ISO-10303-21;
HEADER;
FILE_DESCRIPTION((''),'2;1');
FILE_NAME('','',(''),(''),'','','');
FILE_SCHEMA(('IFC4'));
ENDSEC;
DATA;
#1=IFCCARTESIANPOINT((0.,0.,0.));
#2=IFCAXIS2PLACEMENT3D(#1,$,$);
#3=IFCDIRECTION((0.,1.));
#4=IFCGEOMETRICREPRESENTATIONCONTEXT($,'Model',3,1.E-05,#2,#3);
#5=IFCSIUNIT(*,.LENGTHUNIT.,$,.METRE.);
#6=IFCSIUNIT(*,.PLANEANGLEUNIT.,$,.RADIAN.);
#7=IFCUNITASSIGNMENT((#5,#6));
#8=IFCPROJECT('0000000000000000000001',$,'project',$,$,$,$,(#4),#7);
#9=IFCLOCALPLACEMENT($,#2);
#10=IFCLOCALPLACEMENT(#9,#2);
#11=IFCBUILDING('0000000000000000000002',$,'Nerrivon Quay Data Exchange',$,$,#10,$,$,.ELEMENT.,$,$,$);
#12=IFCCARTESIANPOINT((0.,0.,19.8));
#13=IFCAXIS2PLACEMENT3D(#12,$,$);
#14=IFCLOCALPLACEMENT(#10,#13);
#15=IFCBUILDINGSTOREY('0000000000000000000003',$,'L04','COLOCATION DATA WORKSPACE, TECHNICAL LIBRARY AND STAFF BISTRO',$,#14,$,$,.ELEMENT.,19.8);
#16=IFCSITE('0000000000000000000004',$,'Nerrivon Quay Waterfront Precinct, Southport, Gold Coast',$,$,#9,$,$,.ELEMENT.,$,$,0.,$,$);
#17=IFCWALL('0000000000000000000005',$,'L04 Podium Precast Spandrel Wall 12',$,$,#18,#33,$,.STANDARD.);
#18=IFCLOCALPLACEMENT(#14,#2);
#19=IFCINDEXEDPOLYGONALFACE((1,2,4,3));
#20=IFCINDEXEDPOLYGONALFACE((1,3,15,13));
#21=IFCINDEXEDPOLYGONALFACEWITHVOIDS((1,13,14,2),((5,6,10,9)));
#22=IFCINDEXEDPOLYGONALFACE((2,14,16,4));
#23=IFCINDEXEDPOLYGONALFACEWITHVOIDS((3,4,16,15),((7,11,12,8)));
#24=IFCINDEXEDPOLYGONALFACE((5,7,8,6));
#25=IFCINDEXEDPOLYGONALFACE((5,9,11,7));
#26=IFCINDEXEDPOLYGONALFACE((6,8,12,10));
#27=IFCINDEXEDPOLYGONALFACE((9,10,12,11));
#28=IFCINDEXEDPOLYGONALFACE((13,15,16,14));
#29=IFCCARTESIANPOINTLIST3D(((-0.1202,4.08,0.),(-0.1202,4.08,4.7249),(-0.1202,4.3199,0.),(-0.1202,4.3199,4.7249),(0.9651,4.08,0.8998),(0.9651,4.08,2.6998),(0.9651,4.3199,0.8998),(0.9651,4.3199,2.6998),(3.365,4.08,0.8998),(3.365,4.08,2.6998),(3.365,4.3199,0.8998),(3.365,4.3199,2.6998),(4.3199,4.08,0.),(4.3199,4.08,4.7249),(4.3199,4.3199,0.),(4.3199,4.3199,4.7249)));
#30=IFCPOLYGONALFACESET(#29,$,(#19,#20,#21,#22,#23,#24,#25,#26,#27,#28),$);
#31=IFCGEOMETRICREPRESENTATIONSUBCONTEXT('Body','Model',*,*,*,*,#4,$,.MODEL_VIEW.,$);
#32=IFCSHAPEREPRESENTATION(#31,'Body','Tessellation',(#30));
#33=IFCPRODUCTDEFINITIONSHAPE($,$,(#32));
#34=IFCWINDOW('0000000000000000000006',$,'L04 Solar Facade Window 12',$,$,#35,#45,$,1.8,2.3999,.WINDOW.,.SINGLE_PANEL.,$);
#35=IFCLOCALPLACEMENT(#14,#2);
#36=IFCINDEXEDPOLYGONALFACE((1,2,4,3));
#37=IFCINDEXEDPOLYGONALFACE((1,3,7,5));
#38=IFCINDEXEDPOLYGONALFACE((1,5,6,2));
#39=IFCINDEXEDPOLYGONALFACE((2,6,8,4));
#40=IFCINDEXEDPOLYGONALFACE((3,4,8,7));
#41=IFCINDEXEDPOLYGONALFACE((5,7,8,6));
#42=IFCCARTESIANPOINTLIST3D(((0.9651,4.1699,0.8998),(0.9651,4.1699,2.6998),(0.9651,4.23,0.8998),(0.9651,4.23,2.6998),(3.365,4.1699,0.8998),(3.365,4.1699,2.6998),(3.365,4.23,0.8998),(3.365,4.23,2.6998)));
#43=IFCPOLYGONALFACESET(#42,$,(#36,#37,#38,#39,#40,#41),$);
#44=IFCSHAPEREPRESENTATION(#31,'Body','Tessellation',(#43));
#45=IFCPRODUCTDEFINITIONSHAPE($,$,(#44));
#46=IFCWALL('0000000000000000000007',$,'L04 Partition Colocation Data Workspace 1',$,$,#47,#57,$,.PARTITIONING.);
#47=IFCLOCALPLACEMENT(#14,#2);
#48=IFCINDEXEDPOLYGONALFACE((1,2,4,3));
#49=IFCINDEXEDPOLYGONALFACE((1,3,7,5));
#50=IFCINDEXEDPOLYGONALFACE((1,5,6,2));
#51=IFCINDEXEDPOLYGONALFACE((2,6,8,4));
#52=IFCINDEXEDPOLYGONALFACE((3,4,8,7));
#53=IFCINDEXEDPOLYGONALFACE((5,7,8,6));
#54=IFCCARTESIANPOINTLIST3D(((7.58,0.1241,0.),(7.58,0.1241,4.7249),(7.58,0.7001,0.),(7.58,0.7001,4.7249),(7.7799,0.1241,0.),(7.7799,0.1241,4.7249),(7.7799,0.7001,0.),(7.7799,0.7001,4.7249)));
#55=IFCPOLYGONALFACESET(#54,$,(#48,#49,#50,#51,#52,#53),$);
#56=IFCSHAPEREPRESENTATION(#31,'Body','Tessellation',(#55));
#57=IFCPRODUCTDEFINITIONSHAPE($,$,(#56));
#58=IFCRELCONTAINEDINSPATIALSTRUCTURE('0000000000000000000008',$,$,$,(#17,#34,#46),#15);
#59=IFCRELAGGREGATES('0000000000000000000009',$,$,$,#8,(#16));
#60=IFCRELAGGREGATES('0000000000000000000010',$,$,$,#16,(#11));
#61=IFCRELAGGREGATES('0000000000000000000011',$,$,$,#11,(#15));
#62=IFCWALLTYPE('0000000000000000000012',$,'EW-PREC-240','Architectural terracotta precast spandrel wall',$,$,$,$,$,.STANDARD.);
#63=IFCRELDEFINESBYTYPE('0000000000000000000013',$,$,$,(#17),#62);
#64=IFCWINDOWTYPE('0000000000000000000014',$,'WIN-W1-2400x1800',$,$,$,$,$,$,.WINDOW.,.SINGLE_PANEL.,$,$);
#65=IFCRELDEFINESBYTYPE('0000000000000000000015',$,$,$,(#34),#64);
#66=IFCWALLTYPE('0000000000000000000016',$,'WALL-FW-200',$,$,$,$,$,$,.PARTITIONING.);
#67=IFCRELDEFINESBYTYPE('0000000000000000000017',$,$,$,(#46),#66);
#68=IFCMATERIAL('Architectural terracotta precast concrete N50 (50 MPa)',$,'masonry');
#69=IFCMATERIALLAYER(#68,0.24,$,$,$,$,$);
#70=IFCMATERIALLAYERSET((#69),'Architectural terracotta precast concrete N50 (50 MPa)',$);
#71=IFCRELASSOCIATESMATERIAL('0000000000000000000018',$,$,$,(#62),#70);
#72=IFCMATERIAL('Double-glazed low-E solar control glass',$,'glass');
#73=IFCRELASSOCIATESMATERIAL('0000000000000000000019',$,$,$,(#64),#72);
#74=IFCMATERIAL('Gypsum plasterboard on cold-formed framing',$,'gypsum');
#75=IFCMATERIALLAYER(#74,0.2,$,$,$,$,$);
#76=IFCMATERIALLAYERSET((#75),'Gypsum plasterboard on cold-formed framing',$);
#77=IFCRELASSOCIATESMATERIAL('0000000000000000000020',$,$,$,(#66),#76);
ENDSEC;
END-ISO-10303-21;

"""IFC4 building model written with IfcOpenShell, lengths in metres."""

from ifc_helpers import new_model, si_unit, direction, frame, frame_2d, origin, place, context, subcontext, project, spatial, rectangle, extrude, material, layer, layer_set, type_object, element, fill, save


model = new_model("IFC4")

# Units and contexts
model_context = context("Model", 3, precision=1e-05, world=origin(), true_north=direction((0.0, 1.0)))
body_context = subcontext(model_context, "Body", "Model", "MODEL_VIEW")
ifc_project = project(units=[si_unit("LENGTHUNIT", "METRE"), si_unit("PLANEANGLEUNIT", "RADIAN")], contexts=[model_context])

# Site, building, storey
site_placement = place(None, origin())
site = spatial("IfcSite", under=ifc_project, at=site_placement, Name="Nerrivon Quay Waterfront Precinct, Southport, Gold Coast", CompositionType="ELEMENT", RefElevation=0.0)
building_placement = place(site_placement, origin())
building = spatial("IfcBuilding", under=site, at=building_placement, Name="Nerrivon Quay Data Exchange", CompositionType="ELEMENT")
storey_placement = place(building_placement, frame((0.0, 0.0, 19.8)))
storey = spatial("IfcBuildingStorey", under=building, at=storey_placement, Name="L04", Description="COLOCATION DATA WORKSPACE, TECHNICAL LIBRARY AND STAFF BISTRO", CompositionType="ELEMENT", Elevation=19.8)

# Shared definitions
ifc_material_1 = material(Name="Double-glazed low-E solar control glass", Category="glass")

# Wall, opening, window
ifc_material_2 = material(Name="Architectural terracotta precast concrete N50 (50 MPa)", Category="masonry")
ifc_layer_1 = layer(ifc_material_2, 0.24)
ifc_layer_set_1 = layer_set([ifc_layer_1], Name="Architectural terracotta precast concrete N50 (50 MPa)")
wall_type_1 = type_object("IfcWallType", Name="EW-PREC-240", Description="Architectural terracotta precast spandrel wall", PredefinedType="STANDARD", material=ifc_layer_set_1)
window_type_1 = type_object("IfcWindowType", Name="WIN-W1-2400x1800", PartitioningType="SINGLE_PANEL", PredefinedType="WINDOW", material=ifc_material_1)
wall_1_placement = place(storey_placement, frame((4.3201, 4.2, 0.0), z_axis=(0.0, 0.0, 1.0), x_axis=(-1.0, 0.0, 0.0)))
wall_1 = element("IfcWall", 1, at=wall_1_placement, inside=storey, type_object=wall_type_1, Name="L04 Podium Precast Spandrel Wall 12", PredefinedType="STANDARD", context=body_context, shape_type="SweptSolid", body=[
    extrude(rectangle(XDim=4.4402, YDim=0.24, at=frame_2d((2.2202, 0.0))), origin(), (0.0, 0.0, 1.0), 4.7249),
])
opening_1_placement = place(wall_1_placement, frame((0.9551, 0.0, 0.8999)))
opening_1 = element("IfcOpeningElement", 2, at=opening_1_placement, cuts=wall_1, PredefinedType="OPENING", context=body_context, shape_type="SweptSolid", body=[
    extrude(rectangle(XDim=2.3999, YDim=1.8, at=frame_2d((1.2, 0.8999))), frame((0.0, 0.1299, 0.0), z_axis=(0.0, -1.0, 0.0), x_axis=(1.0, 0.0, 0.0)), (0.0, 0.0, 1.0), 0.26),
])
window_1_placement = place(opening_1_placement, origin())
window_1 = element("IfcWindow", 3, at=window_1_placement, inside=storey, type_object=window_type_1, Name="L04 Solar Facade Window 12", OverallHeight=1.8, OverallWidth=2.3999, PartitioningType="SINGLE_PANEL", PredefinedType="WINDOW", context=body_context, shape_type="SweptSolid", body=[
    extrude(rectangle(XDim=2.3999, YDim=1.8, at=frame_2d((1.2, 0.8999))), frame((0.0, 0.03, 0.0), z_axis=(0.0, -1.0, 0.0), x_axis=(1.0, 0.0, 0.0)), (0.0, 0.0, 1.0), 0.0601),
])
fill(opening_1, window_1)

# Wall
ifc_material_3 = material(Name="Gypsum plasterboard on cold-formed framing", Category="gypsum")
ifc_layer_2 = layer(ifc_material_3, 0.2)
ifc_layer_set_2 = layer_set([ifc_layer_2], Name="Gypsum plasterboard on cold-formed framing")
wall_type_2 = type_object("IfcWallType", Name="WALL-FW-200", PredefinedType="PARTITIONING", material=ifc_layer_set_2)
wall_2_placement = place(storey_placement, frame((7.6799, 0.124, 0.0), z_axis=(0.0, 0.0, 1.0), x_axis=(0.0, 1.0, 0.0)))
element("IfcWall", 4, at=wall_2_placement, inside=storey, type_object=wall_type_2, Name="L04 Partition Colocation Data Workspace 1", PredefinedType="PARTITIONING", context=body_context, shape_type="SweptSolid", body=[
    extrude(rectangle(XDim=0.5759, YDim=0.2, at=frame_2d((0.2881, 0.0))), origin(), (0.0, 0.0, 1.0), 4.7249),
])

save(model, "model.ifc")
